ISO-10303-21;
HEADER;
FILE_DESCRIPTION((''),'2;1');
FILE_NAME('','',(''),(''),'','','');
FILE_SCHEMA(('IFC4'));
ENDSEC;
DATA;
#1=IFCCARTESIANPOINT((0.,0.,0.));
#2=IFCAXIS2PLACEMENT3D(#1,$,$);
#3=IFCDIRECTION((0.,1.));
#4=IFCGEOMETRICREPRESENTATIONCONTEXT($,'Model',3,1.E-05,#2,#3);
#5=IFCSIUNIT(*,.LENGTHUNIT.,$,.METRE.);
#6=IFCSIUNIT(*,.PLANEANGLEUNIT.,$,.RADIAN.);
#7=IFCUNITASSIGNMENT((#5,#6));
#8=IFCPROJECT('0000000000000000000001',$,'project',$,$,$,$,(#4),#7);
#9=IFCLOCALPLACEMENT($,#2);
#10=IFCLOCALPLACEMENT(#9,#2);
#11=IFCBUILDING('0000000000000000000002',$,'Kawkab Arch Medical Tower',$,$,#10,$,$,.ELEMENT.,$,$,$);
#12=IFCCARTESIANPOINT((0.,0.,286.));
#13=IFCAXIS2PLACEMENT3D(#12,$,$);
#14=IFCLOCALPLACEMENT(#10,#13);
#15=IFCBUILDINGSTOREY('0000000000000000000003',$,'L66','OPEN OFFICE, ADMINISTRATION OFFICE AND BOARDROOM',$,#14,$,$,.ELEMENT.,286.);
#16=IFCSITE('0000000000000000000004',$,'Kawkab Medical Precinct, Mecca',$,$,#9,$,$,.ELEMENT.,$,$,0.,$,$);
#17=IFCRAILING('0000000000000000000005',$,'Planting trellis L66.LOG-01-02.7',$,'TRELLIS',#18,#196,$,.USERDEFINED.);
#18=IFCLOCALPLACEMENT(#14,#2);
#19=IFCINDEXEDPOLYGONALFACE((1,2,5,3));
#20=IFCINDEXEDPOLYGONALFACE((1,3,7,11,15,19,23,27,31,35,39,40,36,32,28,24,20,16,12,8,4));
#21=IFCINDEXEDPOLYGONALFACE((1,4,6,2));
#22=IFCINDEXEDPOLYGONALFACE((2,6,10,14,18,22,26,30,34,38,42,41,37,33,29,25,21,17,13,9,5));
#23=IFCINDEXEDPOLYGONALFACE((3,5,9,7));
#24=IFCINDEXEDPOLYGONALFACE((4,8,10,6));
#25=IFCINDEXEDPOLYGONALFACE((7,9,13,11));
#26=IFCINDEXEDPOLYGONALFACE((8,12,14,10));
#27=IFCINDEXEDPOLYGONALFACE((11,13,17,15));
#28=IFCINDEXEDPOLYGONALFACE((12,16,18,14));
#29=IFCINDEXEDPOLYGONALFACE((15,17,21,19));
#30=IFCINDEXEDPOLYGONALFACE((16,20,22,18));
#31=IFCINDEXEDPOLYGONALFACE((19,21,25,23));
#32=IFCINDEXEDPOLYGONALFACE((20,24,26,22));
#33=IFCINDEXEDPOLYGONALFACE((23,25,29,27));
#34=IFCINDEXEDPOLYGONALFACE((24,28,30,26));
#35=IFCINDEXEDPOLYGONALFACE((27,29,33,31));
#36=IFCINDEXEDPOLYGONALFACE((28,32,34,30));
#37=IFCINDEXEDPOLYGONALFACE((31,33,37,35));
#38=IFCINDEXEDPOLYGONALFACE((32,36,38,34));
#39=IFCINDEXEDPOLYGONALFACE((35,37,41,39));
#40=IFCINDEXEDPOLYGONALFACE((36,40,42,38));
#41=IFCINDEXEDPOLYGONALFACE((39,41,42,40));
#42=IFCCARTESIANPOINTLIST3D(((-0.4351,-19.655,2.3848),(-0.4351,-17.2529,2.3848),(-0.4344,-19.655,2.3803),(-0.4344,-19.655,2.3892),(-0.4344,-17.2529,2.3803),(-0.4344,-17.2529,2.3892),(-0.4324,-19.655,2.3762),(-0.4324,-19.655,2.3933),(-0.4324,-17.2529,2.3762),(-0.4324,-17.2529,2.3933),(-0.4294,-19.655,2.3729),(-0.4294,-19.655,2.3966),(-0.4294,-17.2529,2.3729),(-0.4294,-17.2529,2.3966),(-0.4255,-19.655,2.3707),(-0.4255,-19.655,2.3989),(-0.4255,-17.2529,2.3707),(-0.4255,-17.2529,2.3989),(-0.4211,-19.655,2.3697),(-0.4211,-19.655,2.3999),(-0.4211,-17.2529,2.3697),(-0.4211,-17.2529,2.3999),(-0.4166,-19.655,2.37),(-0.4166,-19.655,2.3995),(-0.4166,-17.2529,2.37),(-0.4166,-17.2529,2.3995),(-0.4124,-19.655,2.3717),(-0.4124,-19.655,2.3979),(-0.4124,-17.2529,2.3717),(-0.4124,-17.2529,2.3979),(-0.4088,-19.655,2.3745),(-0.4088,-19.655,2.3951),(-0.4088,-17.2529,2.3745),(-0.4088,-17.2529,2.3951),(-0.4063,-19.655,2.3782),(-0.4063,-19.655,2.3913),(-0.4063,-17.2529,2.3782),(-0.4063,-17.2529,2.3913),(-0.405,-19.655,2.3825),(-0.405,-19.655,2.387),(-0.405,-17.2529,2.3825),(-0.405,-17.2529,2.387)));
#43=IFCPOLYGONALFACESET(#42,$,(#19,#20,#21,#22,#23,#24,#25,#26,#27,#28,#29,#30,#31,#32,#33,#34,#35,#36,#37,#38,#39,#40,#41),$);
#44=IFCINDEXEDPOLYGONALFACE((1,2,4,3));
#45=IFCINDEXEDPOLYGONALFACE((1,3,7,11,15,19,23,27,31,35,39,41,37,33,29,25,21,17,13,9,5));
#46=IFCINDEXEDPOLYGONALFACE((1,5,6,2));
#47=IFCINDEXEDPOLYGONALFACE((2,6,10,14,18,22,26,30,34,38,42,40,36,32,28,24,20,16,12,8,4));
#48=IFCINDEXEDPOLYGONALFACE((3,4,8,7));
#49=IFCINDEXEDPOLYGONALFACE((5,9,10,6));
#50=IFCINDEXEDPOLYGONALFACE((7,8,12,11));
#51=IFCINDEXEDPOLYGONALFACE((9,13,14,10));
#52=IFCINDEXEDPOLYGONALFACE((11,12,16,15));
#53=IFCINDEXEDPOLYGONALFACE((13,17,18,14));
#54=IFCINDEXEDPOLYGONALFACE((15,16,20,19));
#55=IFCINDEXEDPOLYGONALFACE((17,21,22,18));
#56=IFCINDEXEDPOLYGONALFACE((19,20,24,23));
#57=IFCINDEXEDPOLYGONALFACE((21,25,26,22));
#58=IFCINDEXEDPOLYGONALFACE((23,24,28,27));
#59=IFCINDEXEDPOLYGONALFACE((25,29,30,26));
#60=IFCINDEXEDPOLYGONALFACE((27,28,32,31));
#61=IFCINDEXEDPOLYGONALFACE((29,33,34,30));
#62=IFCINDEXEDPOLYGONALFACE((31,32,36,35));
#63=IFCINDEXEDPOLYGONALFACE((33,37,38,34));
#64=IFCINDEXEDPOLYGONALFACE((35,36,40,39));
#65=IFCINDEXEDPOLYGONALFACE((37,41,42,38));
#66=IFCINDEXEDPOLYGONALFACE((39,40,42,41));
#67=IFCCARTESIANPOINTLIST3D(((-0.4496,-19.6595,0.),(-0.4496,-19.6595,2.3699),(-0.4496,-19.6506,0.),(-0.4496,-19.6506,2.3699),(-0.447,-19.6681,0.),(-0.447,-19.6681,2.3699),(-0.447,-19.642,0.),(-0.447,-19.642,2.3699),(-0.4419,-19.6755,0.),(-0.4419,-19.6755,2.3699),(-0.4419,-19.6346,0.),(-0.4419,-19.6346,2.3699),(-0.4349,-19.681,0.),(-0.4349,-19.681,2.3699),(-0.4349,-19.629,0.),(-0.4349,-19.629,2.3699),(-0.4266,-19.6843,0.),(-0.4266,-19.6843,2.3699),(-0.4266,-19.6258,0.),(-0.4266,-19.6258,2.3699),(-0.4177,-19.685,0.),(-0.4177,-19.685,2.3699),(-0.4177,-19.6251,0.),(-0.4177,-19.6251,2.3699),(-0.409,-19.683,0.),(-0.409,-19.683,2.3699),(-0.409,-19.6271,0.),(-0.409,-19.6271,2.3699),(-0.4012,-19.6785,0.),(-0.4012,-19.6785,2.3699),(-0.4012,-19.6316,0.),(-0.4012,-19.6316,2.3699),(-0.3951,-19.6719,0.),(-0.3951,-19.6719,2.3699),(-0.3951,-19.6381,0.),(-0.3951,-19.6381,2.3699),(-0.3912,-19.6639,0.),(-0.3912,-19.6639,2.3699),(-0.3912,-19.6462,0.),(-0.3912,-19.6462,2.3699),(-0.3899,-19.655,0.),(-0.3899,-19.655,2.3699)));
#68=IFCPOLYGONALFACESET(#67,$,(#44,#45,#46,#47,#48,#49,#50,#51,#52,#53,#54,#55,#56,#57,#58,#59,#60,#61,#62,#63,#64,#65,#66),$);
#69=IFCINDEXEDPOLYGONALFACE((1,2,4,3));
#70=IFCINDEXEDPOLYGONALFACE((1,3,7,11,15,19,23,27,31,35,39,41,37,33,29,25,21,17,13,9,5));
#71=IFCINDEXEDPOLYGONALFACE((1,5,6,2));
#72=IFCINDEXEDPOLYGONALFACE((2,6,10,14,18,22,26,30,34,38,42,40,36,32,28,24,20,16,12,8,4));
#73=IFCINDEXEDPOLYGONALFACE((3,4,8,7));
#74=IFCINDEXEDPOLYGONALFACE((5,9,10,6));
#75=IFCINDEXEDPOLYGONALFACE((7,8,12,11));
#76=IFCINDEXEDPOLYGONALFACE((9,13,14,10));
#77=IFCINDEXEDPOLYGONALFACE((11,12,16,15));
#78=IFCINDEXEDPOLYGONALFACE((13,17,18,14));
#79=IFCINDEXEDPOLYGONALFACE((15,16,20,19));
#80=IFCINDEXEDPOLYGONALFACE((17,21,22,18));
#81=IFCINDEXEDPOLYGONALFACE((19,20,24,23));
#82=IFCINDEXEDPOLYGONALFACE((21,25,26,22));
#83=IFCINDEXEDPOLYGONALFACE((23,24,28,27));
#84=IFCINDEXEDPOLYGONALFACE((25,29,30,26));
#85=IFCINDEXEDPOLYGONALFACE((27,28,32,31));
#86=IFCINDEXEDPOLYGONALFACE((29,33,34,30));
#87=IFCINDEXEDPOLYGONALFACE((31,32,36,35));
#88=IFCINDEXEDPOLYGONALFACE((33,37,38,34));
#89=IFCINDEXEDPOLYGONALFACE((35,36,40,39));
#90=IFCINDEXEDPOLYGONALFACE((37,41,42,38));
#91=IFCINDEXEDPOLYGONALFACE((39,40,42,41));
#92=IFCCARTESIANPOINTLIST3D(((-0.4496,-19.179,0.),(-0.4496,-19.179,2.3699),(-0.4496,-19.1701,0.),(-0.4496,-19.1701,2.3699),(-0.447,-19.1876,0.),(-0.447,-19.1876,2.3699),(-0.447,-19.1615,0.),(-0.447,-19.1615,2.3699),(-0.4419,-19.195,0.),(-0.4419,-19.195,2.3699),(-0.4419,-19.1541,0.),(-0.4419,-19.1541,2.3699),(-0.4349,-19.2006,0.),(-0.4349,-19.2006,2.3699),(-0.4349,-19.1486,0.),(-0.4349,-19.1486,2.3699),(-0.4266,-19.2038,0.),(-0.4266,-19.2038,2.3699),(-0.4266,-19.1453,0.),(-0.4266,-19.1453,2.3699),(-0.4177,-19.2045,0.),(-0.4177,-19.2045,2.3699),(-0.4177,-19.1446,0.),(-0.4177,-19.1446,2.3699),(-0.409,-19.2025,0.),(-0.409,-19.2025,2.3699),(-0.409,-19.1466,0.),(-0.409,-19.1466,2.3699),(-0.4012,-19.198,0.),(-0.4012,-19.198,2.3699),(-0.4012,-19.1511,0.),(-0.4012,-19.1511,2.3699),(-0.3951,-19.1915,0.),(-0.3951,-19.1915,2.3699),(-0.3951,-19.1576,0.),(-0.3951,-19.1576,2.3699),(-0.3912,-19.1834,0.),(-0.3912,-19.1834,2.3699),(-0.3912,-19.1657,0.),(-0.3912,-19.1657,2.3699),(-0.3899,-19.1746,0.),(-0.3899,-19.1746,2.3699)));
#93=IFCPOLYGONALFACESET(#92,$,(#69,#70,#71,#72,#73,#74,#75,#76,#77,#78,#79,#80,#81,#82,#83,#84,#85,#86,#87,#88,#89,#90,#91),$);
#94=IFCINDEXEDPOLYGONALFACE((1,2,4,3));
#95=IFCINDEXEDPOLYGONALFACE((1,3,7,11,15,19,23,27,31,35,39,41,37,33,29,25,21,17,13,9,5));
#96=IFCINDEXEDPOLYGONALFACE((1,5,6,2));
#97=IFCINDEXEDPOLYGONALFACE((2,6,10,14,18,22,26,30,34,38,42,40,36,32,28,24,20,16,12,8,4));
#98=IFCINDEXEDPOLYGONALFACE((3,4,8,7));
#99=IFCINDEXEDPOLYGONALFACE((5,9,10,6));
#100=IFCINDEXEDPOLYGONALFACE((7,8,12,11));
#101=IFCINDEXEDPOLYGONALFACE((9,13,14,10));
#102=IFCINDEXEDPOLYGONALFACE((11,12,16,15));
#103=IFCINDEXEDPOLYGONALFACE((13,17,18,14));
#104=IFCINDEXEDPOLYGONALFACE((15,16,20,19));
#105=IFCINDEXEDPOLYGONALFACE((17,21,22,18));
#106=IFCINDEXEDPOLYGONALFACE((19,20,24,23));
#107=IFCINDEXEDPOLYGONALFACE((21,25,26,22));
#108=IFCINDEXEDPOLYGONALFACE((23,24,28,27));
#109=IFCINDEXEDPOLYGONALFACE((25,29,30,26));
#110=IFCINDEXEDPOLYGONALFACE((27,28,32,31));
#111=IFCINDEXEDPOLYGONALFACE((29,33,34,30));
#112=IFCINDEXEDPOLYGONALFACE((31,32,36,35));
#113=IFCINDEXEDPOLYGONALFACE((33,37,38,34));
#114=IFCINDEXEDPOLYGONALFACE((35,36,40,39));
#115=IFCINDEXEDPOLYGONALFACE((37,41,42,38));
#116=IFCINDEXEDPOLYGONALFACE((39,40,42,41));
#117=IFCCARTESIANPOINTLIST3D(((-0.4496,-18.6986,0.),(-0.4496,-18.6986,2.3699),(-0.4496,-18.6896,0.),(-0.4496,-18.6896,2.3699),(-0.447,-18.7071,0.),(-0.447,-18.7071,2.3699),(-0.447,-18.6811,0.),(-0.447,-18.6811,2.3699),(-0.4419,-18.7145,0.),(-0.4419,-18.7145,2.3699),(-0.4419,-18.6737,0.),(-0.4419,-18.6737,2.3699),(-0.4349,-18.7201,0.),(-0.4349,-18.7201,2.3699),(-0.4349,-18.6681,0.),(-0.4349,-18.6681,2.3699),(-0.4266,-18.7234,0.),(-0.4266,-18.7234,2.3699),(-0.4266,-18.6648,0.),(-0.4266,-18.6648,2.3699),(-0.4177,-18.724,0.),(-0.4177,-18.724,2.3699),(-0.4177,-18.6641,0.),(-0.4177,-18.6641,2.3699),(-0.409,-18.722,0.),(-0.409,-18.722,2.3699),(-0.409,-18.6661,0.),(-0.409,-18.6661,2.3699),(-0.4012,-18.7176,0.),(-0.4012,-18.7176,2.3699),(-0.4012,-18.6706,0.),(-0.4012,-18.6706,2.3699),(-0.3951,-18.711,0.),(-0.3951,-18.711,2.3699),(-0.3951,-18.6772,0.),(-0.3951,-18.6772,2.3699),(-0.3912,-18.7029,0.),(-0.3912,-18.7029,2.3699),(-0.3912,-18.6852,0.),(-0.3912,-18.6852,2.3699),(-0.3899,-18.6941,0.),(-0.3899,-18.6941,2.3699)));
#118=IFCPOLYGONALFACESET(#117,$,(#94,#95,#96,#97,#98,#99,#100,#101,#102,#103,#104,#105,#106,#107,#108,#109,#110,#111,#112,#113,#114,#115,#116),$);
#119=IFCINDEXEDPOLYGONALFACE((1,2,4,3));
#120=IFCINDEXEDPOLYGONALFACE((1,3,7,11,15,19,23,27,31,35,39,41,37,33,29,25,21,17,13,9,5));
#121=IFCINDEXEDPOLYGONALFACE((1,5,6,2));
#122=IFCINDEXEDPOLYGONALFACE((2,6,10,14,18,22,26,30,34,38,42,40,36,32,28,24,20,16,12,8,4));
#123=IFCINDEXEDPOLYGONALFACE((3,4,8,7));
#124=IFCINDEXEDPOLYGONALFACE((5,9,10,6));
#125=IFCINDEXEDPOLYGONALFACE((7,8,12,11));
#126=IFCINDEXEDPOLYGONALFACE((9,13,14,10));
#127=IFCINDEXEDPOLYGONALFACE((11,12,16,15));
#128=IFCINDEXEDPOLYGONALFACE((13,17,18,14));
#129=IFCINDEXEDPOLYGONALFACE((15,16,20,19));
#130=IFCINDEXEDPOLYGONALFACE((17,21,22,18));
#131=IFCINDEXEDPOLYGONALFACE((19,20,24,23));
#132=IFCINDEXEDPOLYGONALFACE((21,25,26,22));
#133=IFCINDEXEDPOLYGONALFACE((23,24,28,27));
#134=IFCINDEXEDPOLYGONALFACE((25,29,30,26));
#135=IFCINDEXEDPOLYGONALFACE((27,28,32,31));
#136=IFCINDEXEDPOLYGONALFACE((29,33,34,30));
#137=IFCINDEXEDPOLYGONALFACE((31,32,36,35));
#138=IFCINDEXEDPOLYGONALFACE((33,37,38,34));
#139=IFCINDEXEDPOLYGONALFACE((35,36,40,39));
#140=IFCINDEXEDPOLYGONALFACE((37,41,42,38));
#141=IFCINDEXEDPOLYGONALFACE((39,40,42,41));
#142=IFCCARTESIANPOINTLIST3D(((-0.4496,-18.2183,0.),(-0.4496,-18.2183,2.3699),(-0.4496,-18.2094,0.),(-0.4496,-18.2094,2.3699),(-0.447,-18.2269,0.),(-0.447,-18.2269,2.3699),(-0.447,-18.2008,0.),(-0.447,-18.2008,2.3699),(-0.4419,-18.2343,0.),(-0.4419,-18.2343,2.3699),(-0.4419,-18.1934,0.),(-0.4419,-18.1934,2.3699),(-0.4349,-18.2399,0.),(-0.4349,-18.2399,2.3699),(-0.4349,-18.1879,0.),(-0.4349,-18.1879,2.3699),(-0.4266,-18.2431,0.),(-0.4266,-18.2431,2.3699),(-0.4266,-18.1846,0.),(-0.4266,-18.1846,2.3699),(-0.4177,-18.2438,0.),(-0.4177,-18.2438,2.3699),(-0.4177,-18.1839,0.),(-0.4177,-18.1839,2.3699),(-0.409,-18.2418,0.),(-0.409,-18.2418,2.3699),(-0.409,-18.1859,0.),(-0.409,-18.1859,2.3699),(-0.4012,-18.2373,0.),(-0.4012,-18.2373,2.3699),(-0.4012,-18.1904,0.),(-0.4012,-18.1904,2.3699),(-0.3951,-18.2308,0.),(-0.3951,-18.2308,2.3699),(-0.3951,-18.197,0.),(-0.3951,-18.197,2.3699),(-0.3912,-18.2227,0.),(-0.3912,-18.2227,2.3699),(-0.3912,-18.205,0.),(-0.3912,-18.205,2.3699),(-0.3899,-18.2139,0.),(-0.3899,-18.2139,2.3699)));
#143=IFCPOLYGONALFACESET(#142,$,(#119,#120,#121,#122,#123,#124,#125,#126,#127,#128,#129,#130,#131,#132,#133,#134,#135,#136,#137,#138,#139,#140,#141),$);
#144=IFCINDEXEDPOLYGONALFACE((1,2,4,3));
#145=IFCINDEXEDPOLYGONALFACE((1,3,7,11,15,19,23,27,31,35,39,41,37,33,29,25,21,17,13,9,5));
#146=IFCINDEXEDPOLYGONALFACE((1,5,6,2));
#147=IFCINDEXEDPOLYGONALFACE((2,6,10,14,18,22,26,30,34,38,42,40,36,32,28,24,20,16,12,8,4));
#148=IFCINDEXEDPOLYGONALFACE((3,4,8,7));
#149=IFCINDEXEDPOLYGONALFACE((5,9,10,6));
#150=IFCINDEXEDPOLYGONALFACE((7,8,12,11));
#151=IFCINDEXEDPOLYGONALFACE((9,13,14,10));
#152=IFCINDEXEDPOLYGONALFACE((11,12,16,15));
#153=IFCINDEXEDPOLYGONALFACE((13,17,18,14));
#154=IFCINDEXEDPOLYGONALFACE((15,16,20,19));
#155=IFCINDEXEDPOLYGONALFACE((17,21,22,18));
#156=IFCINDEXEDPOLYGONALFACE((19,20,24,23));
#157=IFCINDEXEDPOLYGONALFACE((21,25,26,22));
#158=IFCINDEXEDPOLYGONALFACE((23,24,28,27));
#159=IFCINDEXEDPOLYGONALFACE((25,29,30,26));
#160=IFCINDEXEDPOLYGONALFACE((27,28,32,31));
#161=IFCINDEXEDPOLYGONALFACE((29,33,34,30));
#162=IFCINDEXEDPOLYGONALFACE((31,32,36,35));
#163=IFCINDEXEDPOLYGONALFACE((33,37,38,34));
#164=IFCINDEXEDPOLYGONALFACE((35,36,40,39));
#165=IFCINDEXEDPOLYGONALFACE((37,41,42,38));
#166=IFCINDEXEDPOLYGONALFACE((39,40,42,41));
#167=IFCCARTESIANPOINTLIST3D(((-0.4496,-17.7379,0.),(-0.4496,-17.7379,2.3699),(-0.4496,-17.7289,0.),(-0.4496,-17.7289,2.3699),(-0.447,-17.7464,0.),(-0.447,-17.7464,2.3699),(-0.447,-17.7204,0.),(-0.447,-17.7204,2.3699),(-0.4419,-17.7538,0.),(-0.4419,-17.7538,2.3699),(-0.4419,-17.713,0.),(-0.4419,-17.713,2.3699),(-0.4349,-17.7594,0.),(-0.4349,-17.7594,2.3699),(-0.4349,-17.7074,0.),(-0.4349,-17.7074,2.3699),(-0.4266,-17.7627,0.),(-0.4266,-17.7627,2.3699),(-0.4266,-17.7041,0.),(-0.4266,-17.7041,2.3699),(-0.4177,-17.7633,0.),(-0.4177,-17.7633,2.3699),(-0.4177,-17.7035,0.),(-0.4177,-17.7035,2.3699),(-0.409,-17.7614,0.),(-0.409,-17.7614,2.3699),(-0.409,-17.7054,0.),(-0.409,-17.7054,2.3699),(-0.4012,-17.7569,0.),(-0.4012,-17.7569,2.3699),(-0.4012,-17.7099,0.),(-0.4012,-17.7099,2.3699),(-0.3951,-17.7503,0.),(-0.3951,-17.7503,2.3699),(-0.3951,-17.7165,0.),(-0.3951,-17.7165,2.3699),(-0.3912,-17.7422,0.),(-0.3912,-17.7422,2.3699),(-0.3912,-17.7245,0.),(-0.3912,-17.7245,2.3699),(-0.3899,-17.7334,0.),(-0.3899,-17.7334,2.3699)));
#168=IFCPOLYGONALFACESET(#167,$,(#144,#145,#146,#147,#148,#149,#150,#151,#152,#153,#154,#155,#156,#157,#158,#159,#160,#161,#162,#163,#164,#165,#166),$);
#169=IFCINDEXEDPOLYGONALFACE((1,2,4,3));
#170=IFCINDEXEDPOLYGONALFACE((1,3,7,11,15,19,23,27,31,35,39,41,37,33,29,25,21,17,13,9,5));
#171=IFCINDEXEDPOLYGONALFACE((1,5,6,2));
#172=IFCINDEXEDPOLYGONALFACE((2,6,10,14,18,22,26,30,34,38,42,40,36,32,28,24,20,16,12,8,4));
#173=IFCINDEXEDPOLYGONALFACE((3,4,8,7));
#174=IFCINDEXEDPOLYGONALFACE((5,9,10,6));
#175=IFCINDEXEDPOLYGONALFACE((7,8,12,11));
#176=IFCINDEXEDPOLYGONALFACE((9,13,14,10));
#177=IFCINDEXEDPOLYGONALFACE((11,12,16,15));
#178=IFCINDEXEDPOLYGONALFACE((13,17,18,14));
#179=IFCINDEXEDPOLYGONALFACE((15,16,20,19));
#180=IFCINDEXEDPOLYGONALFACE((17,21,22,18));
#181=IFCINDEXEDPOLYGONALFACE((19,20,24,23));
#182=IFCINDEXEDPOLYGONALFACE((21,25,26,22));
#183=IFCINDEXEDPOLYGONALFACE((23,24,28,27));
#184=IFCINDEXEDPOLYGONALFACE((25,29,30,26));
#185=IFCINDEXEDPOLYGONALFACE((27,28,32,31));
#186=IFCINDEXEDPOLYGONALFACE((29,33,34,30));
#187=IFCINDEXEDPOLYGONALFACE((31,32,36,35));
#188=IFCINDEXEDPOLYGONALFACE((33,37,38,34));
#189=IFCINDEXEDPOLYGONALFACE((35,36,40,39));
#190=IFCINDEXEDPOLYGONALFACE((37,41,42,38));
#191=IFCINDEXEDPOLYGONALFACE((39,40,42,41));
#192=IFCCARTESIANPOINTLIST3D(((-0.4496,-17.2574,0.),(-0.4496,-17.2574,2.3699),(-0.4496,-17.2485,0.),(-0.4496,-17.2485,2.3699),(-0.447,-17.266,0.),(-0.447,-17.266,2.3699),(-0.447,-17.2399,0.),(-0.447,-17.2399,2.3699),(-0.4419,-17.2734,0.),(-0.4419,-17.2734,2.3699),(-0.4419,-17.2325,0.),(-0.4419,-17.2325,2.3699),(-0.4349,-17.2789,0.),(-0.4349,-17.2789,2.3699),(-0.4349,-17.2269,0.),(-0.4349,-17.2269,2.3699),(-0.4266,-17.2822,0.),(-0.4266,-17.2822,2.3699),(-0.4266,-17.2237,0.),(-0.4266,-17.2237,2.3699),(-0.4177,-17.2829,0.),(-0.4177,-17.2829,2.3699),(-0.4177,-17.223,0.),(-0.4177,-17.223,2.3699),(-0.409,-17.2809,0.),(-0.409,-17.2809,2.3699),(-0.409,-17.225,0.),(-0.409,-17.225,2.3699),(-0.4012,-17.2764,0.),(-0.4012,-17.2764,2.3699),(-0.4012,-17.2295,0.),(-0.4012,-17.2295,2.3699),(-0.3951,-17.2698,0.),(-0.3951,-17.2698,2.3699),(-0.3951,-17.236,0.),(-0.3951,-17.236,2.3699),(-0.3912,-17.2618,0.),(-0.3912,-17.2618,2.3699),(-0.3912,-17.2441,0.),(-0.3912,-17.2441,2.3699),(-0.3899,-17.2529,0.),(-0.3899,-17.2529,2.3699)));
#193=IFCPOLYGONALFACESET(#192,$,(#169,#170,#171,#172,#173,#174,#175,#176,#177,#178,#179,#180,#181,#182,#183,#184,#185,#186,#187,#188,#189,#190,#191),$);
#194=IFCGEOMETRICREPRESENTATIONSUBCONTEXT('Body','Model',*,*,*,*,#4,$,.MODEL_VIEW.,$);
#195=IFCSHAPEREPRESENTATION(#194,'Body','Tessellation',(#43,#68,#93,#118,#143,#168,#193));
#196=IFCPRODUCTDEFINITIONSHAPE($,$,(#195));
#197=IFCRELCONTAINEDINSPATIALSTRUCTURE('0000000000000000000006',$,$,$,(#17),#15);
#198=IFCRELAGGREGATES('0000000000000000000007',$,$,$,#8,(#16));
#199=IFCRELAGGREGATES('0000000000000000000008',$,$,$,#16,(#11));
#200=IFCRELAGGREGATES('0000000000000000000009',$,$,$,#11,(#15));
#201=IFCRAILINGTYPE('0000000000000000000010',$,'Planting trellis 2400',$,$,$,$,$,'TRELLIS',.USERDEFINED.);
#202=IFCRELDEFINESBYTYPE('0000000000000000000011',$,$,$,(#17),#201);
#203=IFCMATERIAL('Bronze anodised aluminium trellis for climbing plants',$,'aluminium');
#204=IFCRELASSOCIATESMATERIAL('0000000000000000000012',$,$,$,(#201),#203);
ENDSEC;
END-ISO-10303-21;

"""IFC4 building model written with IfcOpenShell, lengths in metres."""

from ifc_helpers import new_model, si_unit, direction, frame, origin, origin_2d, place, context, subcontext, project, spatial, circle, extrude, material, type_object, element, save


model = new_model("IFC4")

# Units and contexts
model_context = context("Model", 3, precision=1e-05, world=origin(), true_north=direction((0.0, 1.0)))
body_context = subcontext(model_context, "Body", "Model", "MODEL_VIEW")
ifc_project = project(units=[si_unit("LENGTHUNIT", "METRE"), si_unit("PLANEANGLEUNIT", "RADIAN")], contexts=[model_context])

# Site, building, storey
site_placement = place(None, origin())
site = spatial("IfcSite", under=ifc_project, at=site_placement, Name="Kawkab Medical Precinct, Mecca", CompositionType="ELEMENT", RefElevation=0.0)
building_placement = place(site_placement, origin())
building = spatial("IfcBuilding", under=site, at=building_placement, Name="Kawkab Arch Medical Tower", CompositionType="ELEMENT")
storey_placement = place(building_placement, frame((0.0, 0.0, 286.0)))
storey = spatial("IfcBuildingStorey", under=building, at=storey_placement, Name="L66", Description="OPEN OFFICE, ADMINISTRATION OFFICE AND BOARDROOM", CompositionType="ELEMENT", Elevation=286.0)

# Railing
ifc_material_1 = material(Name="Bronze anodised aluminium trellis for climbing plants", Category="aluminium")
railing_type_1 = type_object("IfcRailingType", Name="Planting trellis 2400", ElementType="TRELLIS", PredefinedType="USERDEFINED", material=ifc_material_1)
railing_1_placement = place(storey_placement, frame((-0.4199, -19.655, 0.0)))
element("IfcRailing", 1, at=railing_1_placement, inside=storey, type_object=railing_type_1, Name="Planting trellis L66.LOG-01-02.7", ObjectType="TRELLIS", PredefinedType="USERDEFINED", context=body_context, shape_type="SweptSolid", body=[
    extrude(circle(Radius=0.0151, at=origin_2d()), frame((0.0, 0.0, 2.3848), z_axis=(0.0, 1.0, 0.0), x_axis=(-1.0, 0.0, 0.0)), (0.0, 0.0, 1.0), 2.4021),
    extrude(circle(Radius=0.03, at=origin_2d()), origin(), (0.0, 0.0, 1.0), 2.3699),
    extrude(circle(Radius=0.03, at=origin_2d()), frame((0.0, 0.4805, 0.0)), (0.0, 0.0, 1.0), 2.3699),
    extrude(circle(Radius=0.03, at=origin_2d()), frame((0.0, 0.9609, 0.0)), (0.0, 0.0, 1.0), 2.3699),
    extrude(circle(Radius=0.03, at=origin_2d()), frame((0.0, 1.4412, 0.0)), (0.0, 0.0, 1.0), 2.3699),
    extrude(circle(Radius=0.03, at=origin_2d()), frame((0.0, 1.9216, 0.0)), (0.0, 0.0, 1.0), 2.3699),
    extrude(circle(Radius=0.03, at=origin_2d()), frame((0.0, 2.4021, 0.0)), (0.0, 0.0, 1.0), 2.3699),
])

save(model, "model.ifc")
